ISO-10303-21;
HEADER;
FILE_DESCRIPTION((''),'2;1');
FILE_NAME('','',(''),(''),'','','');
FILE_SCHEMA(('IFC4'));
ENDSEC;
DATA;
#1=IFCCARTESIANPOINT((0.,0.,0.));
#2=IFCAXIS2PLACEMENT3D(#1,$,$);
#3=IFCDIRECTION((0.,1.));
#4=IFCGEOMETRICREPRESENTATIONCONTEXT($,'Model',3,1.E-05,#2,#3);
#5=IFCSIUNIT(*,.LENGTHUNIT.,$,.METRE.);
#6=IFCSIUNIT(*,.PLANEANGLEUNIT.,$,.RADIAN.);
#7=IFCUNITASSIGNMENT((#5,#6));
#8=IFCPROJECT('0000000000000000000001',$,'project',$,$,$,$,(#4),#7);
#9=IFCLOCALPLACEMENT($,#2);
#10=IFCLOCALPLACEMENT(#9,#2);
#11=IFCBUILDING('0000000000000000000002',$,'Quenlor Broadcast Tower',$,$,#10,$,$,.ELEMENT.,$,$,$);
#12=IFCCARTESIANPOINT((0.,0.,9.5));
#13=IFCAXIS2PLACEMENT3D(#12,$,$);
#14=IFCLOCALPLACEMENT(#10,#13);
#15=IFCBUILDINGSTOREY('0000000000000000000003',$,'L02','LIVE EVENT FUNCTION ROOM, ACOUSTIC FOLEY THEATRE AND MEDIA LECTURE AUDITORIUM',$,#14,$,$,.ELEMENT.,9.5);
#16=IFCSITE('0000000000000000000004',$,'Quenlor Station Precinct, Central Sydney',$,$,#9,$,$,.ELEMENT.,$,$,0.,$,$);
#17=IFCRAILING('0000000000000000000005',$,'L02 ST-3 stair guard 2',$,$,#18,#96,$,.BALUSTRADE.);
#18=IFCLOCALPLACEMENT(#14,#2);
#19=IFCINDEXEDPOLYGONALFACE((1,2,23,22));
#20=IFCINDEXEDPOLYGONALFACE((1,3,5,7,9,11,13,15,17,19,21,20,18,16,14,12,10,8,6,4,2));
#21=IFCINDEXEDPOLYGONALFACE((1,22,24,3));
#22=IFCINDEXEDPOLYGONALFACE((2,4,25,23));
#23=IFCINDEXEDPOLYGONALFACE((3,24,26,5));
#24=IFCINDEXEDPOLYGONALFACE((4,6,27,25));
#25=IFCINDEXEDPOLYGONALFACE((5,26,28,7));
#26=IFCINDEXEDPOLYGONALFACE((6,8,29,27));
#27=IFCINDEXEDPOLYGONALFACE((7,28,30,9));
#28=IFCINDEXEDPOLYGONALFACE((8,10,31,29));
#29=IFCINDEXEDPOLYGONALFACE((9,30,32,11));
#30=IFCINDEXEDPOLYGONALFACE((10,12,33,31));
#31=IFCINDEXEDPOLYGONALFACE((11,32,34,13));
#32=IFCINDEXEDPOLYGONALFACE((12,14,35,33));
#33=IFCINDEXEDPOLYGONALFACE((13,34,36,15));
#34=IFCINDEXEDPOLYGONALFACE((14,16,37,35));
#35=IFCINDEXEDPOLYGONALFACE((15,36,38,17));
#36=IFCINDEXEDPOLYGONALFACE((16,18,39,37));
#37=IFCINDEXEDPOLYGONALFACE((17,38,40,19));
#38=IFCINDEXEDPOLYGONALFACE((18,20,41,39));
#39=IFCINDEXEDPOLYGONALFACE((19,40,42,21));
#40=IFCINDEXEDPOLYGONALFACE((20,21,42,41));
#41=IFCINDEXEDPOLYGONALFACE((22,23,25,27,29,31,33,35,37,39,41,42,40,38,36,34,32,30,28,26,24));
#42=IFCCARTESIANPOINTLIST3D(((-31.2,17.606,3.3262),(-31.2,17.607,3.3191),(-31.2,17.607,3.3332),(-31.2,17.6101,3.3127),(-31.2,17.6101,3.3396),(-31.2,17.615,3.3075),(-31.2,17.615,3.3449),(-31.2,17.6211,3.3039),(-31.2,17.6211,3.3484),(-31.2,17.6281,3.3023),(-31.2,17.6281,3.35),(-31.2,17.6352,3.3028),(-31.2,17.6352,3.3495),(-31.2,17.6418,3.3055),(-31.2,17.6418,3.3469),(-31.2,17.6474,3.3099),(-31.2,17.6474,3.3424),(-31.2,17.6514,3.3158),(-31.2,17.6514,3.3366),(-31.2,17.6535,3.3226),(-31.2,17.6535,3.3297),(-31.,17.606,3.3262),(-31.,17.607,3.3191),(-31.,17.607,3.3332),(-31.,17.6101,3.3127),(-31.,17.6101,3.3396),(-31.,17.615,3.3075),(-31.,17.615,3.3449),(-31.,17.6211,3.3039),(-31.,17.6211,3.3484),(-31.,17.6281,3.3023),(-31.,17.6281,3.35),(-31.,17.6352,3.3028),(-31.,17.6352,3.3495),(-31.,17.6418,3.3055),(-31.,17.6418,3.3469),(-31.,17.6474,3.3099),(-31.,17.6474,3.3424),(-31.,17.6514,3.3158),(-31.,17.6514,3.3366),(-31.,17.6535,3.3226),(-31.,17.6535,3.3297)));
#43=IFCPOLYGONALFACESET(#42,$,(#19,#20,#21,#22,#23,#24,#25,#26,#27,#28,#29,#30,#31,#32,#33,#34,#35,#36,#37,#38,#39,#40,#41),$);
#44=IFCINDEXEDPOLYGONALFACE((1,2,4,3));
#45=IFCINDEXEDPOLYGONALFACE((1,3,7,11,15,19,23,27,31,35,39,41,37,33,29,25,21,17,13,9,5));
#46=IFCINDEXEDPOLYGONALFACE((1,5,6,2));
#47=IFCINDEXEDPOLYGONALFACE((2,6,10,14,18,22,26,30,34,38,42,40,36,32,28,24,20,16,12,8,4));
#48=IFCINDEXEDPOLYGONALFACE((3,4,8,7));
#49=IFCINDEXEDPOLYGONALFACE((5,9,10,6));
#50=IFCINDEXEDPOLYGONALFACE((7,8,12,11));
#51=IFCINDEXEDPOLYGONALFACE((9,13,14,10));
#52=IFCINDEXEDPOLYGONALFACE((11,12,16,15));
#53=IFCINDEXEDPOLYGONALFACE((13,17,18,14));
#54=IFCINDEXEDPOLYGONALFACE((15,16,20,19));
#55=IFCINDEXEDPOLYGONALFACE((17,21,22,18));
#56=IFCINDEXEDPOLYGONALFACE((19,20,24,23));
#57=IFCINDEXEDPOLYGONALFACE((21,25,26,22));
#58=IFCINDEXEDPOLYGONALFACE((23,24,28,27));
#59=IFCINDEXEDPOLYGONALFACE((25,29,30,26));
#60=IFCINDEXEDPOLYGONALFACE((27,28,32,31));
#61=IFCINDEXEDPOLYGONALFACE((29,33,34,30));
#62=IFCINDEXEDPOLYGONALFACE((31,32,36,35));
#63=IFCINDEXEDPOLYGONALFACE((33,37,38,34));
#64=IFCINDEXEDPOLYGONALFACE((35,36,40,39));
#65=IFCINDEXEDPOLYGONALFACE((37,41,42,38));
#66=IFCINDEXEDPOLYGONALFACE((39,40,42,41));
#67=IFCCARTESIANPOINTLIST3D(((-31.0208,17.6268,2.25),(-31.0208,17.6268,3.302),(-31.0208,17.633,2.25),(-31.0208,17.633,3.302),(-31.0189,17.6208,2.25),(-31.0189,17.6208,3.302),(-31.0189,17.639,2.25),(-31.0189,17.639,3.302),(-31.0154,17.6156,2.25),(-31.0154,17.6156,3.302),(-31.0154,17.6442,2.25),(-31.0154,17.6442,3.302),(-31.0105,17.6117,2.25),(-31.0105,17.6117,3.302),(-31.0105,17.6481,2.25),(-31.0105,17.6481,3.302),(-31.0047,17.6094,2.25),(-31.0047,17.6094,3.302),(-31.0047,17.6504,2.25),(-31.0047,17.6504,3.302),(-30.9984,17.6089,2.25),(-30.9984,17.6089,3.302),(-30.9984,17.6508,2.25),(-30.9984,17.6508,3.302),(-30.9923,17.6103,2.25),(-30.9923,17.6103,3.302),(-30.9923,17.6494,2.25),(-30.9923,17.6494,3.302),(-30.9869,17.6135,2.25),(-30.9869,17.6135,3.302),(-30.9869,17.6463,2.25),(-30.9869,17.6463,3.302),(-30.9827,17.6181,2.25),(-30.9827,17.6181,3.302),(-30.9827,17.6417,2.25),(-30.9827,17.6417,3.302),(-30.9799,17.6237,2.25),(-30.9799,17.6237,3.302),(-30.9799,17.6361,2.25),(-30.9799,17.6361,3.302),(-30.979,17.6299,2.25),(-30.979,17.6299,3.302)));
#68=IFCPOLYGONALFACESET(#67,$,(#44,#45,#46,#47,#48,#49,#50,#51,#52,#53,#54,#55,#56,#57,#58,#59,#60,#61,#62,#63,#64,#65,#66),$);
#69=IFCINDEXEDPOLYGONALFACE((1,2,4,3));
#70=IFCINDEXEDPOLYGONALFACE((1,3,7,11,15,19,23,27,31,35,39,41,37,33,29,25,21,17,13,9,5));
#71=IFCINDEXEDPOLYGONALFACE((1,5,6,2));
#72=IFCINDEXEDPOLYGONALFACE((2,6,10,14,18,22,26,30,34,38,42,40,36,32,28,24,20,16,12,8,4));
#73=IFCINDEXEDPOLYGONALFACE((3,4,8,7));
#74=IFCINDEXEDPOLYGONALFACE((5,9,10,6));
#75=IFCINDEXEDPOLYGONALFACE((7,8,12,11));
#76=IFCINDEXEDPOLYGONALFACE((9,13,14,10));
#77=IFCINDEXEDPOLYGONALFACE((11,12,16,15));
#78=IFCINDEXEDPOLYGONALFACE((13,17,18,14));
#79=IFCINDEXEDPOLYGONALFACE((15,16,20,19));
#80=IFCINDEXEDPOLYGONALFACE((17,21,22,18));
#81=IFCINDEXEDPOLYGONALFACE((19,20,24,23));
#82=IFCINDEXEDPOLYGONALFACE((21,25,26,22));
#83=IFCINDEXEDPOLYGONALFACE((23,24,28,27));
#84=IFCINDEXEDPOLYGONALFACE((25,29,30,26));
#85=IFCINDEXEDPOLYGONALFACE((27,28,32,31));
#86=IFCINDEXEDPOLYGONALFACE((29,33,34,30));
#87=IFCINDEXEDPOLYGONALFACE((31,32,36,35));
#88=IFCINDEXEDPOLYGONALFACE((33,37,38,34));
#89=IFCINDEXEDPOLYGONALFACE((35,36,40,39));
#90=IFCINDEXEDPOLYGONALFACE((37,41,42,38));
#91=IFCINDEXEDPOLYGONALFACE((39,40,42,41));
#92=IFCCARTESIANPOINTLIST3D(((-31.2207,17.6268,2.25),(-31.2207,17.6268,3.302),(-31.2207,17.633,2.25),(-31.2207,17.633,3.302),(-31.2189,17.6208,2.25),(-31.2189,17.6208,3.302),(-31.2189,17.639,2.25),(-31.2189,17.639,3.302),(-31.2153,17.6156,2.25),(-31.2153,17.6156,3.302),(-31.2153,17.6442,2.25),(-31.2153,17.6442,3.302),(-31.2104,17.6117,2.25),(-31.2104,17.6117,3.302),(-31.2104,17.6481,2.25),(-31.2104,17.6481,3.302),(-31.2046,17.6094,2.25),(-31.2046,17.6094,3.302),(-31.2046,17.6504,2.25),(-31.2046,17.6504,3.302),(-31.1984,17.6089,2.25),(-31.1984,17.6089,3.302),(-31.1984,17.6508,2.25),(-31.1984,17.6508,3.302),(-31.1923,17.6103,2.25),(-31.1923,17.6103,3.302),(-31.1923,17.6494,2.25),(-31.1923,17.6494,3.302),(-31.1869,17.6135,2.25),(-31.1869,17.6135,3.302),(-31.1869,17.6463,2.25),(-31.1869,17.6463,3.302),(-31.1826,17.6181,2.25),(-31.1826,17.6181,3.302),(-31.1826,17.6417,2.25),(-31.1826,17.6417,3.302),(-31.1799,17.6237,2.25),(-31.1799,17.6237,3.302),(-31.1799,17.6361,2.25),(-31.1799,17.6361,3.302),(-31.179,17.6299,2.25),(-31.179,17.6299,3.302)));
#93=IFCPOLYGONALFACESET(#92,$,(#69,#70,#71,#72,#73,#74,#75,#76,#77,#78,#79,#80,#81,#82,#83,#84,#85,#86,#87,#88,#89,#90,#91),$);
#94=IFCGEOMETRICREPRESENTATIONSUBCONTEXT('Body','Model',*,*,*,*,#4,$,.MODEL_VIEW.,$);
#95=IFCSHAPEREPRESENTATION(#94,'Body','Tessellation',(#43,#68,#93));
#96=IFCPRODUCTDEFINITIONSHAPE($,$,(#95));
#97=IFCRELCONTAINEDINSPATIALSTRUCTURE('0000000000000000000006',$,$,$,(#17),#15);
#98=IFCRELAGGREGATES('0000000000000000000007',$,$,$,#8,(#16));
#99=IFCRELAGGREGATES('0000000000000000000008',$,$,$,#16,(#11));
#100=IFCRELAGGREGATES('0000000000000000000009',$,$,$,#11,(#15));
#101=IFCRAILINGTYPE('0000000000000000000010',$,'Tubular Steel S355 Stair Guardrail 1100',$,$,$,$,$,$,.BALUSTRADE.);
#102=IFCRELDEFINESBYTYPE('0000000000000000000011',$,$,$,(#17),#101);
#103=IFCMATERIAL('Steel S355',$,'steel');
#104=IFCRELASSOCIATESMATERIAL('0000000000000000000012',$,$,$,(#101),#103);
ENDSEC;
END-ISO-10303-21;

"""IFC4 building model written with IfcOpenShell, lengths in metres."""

from ifc_helpers import new_model, si_unit, direction, frame, origin, origin_2d, place, context, subcontext, project, spatial, circle, extrude, material, type_object, element, save


model = new_model("IFC4")

# Units and contexts
model_context = context("Model", 3, precision=1e-05, world=origin(), true_north=direction((0.0, 1.0)))
body_context = subcontext(model_context, "Body", "Model", "MODEL_VIEW")
ifc_project = project(units=[si_unit("LENGTHUNIT", "METRE"), si_unit("PLANEANGLEUNIT", "RADIAN")], contexts=[model_context])

# Site, building, storey
site_placement = place(None, origin())
site = spatial("IfcSite", under=ifc_project, at=site_placement, Name="Quenlor Station Precinct, Central Sydney", CompositionType="ELEMENT", RefElevation=0.0)
building_placement = place(site_placement, origin())
building = spatial("IfcBuilding", under=site, at=building_placement, Name="Quenlor Broadcast Tower", CompositionType="ELEMENT")
storey_placement = place(building_placement, frame((0.0, 0.0, 9.5)))
storey = spatial("IfcBuildingStorey", under=building, at=storey_placement, Name="L02", Description="LIVE EVENT FUNCTION ROOM, ACOUSTIC FOLEY THEATRE AND MEDIA LECTURE AUDITORIUM", CompositionType="ELEMENT", Elevation=9.5)

# Railing
ifc_material_1 = material(Name="Steel S355", Category="steel")
railing_type_1 = type_object("IfcRailingType", Name="Tubular Steel S355 Stair Guardrail 1100", PredefinedType="BALUSTRADE", material=ifc_material_1)
railing_1_placement = place(storey_placement, frame((-31.0, 17.6299, 2.25)))
element("IfcRailing", 1, at=railing_1_placement, inside=storey, type_object=railing_type_1, Name="L02 ST-3 stair guard 2", PredefinedType="BALUSTRADE", context=body_context, shape_type="SweptSolid", body=[
    extrude(circle(Radius=0.0239, at=origin_2d()), frame((0.0, 0.0, 1.0762), z_axis=(-1.0, 0.0, 0.0), x_axis=(0.0, -1.0, 0.0)), (0.0, 0.0, 1.0), 0.2),
    extrude(circle(Radius=0.021, at=origin_2d()), origin(), (0.0, 0.0, 1.0), 1.052),
    extrude(circle(Radius=0.021, at=origin_2d()), frame((-0.2, 0.0, 0.0)), (0.0, 0.0, 1.0), 1.052),
])

save(model, "model.ifc")
